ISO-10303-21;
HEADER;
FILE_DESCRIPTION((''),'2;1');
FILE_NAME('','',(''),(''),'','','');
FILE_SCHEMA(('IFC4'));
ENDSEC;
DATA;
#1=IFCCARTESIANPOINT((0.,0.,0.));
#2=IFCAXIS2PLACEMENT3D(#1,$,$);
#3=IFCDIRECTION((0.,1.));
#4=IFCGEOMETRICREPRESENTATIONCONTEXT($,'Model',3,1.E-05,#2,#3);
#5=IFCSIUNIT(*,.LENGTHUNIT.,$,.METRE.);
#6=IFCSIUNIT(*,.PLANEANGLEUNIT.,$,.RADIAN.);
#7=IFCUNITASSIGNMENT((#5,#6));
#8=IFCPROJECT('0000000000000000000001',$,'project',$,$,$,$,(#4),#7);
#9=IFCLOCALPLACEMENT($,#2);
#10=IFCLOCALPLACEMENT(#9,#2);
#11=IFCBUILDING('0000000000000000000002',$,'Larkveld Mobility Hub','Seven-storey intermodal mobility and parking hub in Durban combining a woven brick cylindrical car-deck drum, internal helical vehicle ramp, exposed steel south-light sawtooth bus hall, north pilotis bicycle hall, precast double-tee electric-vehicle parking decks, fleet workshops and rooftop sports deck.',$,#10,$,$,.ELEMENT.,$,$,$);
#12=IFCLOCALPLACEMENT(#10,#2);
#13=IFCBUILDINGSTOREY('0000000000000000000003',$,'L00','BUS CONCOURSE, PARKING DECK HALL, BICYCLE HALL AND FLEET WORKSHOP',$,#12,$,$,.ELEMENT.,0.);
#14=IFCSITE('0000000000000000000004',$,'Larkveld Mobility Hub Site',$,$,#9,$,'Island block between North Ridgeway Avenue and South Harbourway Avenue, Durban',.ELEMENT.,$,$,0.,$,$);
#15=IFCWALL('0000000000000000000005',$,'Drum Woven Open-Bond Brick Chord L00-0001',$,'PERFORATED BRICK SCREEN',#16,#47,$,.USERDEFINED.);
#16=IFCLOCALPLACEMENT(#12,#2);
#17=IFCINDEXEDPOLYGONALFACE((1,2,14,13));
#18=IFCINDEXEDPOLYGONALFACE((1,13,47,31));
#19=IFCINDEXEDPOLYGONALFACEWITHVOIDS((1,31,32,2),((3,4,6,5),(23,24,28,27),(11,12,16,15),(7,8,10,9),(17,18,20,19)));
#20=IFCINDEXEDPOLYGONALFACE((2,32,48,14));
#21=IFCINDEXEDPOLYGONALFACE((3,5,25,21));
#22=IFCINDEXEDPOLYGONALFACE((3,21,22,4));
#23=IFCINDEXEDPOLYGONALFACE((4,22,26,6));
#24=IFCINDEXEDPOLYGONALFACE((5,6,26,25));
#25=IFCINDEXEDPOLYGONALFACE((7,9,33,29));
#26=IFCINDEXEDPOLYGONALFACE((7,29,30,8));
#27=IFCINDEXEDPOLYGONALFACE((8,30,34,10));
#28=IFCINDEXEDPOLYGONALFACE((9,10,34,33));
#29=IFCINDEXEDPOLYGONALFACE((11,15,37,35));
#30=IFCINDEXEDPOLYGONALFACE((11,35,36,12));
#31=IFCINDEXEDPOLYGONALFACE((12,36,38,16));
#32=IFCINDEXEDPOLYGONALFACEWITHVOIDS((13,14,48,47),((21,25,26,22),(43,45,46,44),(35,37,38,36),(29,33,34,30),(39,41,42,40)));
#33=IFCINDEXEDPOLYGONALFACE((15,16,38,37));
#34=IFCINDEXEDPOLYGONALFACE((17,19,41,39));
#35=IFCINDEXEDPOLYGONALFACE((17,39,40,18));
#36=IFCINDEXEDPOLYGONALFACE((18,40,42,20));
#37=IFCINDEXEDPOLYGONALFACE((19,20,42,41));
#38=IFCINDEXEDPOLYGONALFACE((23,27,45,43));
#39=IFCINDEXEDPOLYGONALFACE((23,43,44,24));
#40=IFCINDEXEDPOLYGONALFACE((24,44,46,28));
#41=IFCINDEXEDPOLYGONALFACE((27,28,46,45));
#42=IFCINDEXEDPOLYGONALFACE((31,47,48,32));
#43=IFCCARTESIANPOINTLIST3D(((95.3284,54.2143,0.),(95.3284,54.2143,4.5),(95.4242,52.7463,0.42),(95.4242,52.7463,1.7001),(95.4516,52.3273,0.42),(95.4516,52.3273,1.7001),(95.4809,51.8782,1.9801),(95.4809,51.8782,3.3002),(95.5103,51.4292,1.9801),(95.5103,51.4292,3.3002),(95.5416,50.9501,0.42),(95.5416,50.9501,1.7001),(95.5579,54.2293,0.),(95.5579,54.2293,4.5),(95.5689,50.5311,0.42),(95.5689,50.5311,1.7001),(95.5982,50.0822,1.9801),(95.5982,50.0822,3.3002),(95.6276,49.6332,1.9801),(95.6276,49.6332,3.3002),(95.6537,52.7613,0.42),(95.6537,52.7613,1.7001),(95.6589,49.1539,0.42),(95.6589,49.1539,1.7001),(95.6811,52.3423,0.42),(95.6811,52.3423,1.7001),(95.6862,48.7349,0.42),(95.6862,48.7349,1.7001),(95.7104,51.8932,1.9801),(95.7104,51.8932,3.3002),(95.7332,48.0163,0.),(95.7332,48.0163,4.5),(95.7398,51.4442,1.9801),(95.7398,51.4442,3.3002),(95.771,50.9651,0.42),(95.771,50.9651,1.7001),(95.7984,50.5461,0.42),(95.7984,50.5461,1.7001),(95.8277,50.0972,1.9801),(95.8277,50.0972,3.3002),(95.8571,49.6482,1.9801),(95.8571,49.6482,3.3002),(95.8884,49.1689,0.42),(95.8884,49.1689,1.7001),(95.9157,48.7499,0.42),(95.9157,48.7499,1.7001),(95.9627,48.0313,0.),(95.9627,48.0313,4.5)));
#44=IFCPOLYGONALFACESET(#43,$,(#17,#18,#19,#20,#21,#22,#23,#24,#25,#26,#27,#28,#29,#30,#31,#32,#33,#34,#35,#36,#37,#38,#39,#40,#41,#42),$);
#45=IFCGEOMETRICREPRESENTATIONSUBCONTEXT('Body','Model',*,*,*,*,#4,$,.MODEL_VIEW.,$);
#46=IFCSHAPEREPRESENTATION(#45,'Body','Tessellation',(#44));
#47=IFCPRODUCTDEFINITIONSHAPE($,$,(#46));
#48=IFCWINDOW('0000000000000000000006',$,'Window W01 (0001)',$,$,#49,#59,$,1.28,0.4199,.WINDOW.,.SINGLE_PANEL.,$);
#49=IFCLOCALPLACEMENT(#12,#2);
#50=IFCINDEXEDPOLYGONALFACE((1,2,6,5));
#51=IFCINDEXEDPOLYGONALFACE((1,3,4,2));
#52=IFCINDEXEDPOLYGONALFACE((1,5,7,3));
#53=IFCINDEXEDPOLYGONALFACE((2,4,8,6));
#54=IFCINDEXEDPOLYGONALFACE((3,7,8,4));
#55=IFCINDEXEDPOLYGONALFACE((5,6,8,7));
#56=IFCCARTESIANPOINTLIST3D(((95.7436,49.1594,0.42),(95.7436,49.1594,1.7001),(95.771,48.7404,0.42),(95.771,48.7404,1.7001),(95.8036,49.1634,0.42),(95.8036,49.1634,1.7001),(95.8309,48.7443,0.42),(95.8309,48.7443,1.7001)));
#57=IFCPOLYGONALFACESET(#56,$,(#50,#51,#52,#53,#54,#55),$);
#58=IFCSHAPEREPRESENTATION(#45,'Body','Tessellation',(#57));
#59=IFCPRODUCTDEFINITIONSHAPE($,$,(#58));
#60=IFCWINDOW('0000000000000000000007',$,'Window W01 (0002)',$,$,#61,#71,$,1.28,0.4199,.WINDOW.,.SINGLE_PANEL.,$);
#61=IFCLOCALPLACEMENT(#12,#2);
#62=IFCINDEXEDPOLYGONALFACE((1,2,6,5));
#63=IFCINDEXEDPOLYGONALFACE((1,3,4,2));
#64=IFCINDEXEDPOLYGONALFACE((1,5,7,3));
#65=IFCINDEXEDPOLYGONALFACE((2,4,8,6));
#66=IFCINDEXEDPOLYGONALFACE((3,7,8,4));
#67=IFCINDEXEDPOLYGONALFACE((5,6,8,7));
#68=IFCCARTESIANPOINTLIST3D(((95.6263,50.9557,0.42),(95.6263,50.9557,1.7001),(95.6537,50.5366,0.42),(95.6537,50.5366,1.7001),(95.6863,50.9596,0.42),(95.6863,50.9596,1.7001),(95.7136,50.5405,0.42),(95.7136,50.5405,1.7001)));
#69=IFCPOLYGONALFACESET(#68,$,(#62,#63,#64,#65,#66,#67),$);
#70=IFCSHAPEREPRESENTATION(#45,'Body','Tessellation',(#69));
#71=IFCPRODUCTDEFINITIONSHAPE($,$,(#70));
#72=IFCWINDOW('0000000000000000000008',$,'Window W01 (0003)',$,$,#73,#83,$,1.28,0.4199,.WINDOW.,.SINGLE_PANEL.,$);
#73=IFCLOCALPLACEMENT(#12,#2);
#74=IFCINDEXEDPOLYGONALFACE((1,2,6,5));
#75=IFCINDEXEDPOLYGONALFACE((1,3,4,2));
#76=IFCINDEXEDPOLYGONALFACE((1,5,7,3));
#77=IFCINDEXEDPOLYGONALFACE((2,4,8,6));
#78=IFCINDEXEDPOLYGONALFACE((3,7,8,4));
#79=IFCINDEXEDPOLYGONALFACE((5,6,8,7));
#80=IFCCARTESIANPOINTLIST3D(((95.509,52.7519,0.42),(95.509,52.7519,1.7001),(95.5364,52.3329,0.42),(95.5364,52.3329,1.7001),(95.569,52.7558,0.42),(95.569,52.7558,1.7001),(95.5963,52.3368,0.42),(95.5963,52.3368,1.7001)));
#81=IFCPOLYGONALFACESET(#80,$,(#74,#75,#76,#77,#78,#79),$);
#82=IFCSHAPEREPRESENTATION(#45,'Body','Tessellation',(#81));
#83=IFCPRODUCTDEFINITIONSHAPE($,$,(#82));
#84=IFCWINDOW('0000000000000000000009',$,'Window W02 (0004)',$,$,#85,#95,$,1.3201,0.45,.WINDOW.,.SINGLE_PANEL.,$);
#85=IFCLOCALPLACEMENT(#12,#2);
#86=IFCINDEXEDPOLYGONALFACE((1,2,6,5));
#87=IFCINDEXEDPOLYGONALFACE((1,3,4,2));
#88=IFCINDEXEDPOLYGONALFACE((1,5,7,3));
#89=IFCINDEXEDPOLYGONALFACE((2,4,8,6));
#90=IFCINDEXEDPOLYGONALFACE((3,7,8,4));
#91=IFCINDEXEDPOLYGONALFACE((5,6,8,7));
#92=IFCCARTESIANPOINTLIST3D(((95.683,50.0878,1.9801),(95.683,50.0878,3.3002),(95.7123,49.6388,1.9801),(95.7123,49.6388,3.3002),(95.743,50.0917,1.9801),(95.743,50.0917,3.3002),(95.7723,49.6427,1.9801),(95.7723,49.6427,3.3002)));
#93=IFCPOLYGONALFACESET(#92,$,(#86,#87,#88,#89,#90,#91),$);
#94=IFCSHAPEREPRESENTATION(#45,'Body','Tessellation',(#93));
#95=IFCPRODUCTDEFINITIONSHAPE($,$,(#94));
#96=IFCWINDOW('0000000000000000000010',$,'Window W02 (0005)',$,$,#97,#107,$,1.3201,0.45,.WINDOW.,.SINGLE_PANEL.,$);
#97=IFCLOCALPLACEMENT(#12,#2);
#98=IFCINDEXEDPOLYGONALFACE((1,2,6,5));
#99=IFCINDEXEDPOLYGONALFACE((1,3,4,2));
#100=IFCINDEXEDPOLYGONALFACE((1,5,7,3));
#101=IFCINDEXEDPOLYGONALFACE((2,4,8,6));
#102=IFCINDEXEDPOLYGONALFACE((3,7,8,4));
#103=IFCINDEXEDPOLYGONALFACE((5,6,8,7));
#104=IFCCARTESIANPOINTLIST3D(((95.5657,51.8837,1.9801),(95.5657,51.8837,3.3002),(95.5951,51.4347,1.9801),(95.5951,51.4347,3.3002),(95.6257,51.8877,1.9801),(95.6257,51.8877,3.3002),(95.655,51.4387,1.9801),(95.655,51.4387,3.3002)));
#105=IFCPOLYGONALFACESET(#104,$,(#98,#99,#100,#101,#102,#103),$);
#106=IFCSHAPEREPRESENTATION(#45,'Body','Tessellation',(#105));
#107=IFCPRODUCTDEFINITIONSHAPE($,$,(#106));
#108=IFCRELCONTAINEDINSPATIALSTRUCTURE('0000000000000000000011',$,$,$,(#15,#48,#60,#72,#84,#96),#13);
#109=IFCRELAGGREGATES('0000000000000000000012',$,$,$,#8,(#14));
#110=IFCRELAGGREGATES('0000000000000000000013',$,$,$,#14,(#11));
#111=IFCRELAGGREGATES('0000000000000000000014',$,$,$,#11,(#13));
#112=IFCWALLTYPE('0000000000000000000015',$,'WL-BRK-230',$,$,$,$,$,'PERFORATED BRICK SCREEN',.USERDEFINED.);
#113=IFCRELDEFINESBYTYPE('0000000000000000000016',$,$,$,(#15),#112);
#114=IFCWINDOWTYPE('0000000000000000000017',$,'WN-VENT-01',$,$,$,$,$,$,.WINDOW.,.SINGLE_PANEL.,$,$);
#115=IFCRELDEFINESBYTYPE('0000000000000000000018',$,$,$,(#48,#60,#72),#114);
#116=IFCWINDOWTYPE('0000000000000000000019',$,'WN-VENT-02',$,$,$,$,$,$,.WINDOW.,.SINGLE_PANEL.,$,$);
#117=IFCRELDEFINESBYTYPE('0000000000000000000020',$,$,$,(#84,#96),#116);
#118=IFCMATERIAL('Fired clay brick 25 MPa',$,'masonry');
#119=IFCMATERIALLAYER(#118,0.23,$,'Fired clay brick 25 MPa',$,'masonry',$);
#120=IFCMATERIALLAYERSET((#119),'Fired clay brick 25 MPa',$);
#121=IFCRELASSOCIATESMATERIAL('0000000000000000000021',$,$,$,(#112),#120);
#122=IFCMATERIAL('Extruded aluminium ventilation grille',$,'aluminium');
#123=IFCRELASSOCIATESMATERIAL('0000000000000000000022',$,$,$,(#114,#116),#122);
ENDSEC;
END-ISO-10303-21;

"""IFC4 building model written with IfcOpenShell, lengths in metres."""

from ifc_helpers import new_model, si_unit, direction, frame, frame_2d, origin, place, context, subcontext, project, spatial, rectangle, extrude, material, layer, layer_set, type_object, element, fill, save


model = new_model("IFC4")

# Units and contexts
model_context = context("Model", 3, precision=1e-05, world=origin(), true_north=direction((0.0, 1.0)))
body_context = subcontext(model_context, "Body", "Model", "MODEL_VIEW")
ifc_project = project(units=[si_unit("LENGTHUNIT", "METRE"), si_unit("PLANEANGLEUNIT", "RADIAN")], contexts=[model_context])

# Site, building, storey
site_placement = place(None, origin())
site = spatial("IfcSite", under=ifc_project, at=site_placement, Name="Larkveld Mobility Hub Site", LongName="Island block between North Ridgeway Avenue and South Harbourway Avenue, Durban", CompositionType="ELEMENT", RefElevation=0.0)
building_placement = place(site_placement, origin())
building = spatial("IfcBuilding", under=site, at=building_placement, Name="Larkveld Mobility Hub", Description="Seven-storey intermodal mobility and parking hub in Durban combining a woven brick cylindrical car-deck drum, internal helical vehicle ramp, exposed steel south-light sawtooth bus hall, north pilotis bicycle hall, precast double-tee electric-vehicle parking decks, fleet workshops and rooftop sports deck.", CompositionType="ELEMENT")
storey_placement = place(building_placement, origin())
storey = spatial("IfcBuildingStorey", under=building, at=storey_placement, Name="L00", Description="BUS CONCOURSE, PARKING DECK HALL, BICYCLE HALL AND FLEET WORKSHOP", CompositionType="ELEMENT", Elevation=0.0)

# Wall, openings, windows
ifc_material_1 = material(Name="Fired clay brick 25 MPa", Category="masonry")
ifc_layer_1 = layer(ifc_material_1, 0.23, Name="Fired clay brick 25 MPa", Category="masonry")
ifc_layer_set_1 = layer_set([ifc_layer_1], Name="Fired clay brick 25 MPa")
wall_type_1 = type_object("IfcWallType", Name="WL-BRK-230", ElementType="PERFORATED BRICK SCREEN", PredefinedType="USERDEFINED", material=ifc_layer_set_1)
wall_1_placement = place(storey_placement, frame((95.8479, 48.0239, 0.0), z_axis=(0.0, 0.0, 1.0), x_axis=(-0.06517, 0.997874, 0.0)))
wall_1 = element("IfcWall", 1, at=wall_1_placement, inside=storey, type_object=wall_type_1, Name="Drum Woven Open-Bond Brick Chord L00-0001", ObjectType="PERFORATED BRICK SCREEN", PredefinedType="USERDEFINED", context=body_context, shape_type="SweptSolid", body=[
    extrude(rectangle(XDim=6.2112, YDim=0.23, at=frame_2d((3.1055, 0.0))), origin(), (0.0, 0.0, 1.0), 4.5),
])
opening_1_placement = place(wall_1_placement, frame((0.72, 0.0, 0.4199)))
opening_1 = element("IfcOpeningElement", 2, at=opening_1_placement, cuts=wall_1, PredefinedType="OPENING", context=body_context, shape_type="SweptSolid", body=[
    extrude(rectangle(XDim=0.4199, YDim=1.28, at=frame_2d((0.21, 0.6401))), frame((0.0, 0.125, 0.0), z_axis=(0.0, -1.0, 0.0), x_axis=(1.0, 0.0, 0.0)), (0.0, 0.0, 1.0), 0.25),
])
opening_2_placement = place(wall_1_placement, frame((2.52, 0.0, 0.4199)))
opening_2 = element("IfcOpeningElement", 3, at=opening_2_placement, cuts=wall_1, PredefinedType="OPENING", context=body_context, shape_type="SweptSolid", body=[
    extrude(rectangle(XDim=0.4199, YDim=1.28, at=frame_2d((0.21, 0.6401))), frame((0.0, 0.125, 0.0), z_axis=(0.0, -1.0, 0.0), x_axis=(1.0, 0.0, 0.0)), (0.0, 0.0, 1.0), 0.25),
])
opening_3_placement = place(wall_1_placement, frame((4.3201, 0.0, 0.4199)))
opening_3 = element("IfcOpeningElement", 4, at=opening_3_placement, cuts=wall_1, PredefinedType="OPENING", context=body_context, shape_type="SweptSolid", body=[
    extrude(rectangle(XDim=0.4199, YDim=1.28, at=frame_2d((0.21, 0.6401))), frame((0.0, 0.125, 0.0), z_axis=(0.0, -1.0, 0.0), x_axis=(1.0, 0.0, 0.0)), (0.0, 0.0, 1.0), 0.25),
])
opening_4_placement = place(wall_1_placement, frame((1.6201, 0.0, 1.98)))
opening_4 = element("IfcOpeningElement", 5, at=opening_4_placement, cuts=wall_1, PredefinedType="OPENING", context=body_context, shape_type="SweptSolid", body=[
    extrude(rectangle(XDim=0.45, YDim=1.3201, at=frame_2d((0.2251, 0.6602))), frame((0.0, 0.125, 0.0), z_axis=(0.0, -1.0, 0.0), x_axis=(1.0, 0.0, 0.0)), (0.0, 0.0, 1.0), 0.25),
])
opening_5_placement = place(wall_1_placement, frame((3.4199, 0.0, 1.98)))
opening_5 = element("IfcOpeningElement", 6, at=opening_5_placement, cuts=wall_1, PredefinedType="OPENING", context=body_context, shape_type="SweptSolid", body=[
    extrude(rectangle(XDim=0.45, YDim=1.3201, at=frame_2d((0.2251, 0.6602))), frame((0.0, 0.125, 0.0), z_axis=(0.0, -1.0, 0.0), x_axis=(1.0, 0.0, 0.0)), (0.0, 0.0, 1.0), 0.25),
])
ifc_material_2 = material(Name="Extruded aluminium ventilation grille", Category="aluminium")
window_type_1 = type_object("IfcWindowType", Name="WN-VENT-01", PartitioningType="SINGLE_PANEL", PredefinedType="WINDOW", material=ifc_material_2)
window_1_placement = place(opening_1_placement, origin())
window_1 = element("IfcWindow", 7, at=window_1_placement, inside=storey, type_object=window_type_1, Name="Window W01 (0001)", OverallHeight=1.28, OverallWidth=0.4199, PartitioningType="SINGLE_PANEL", PredefinedType="WINDOW", context=body_context, shape_type="SweptSolid", body=[
    extrude(rectangle(XDim=0.4199, YDim=1.28, at=frame_2d((0.21, 0.6401))), frame((0.0, 0.03, 0.0), z_axis=(0.0, -1.0, 0.0), x_axis=(1.0, 0.0, 0.0)), (0.0, 0.0, 1.0), 0.0601),
])
fill(opening_1, window_1)
window_2_placement = place(opening_2_placement, origin())
window_2 = element("IfcWindow", 8, at=window_2_placement, inside=storey, type_object=window_type_1, Name="Window W01 (0002)", OverallHeight=1.28, OverallWidth=0.4199, PartitioningType="SINGLE_PANEL", PredefinedType="WINDOW", context=body_context, shape_type="SweptSolid", body=[
    extrude(rectangle(XDim=0.4199, YDim=1.28, at=frame_2d((0.21, 0.6401))), frame((0.0, 0.03, 0.0), z_axis=(0.0, -1.0, 0.0), x_axis=(1.0, 0.0, 0.0)), (0.0, 0.0, 1.0), 0.0601),
])
fill(opening_2, window_2)
window_3_placement = place(opening_3_placement, origin())
window_3 = element("IfcWindow", 9, at=window_3_placement, inside=storey, type_object=window_type_1, Name="Window W01 (0003)", OverallHeight=1.28, OverallWidth=0.4199, PartitioningType="SINGLE_PANEL", PredefinedType="WINDOW", context=body_context, shape_type="SweptSolid", body=[
    extrude(rectangle(XDim=0.4199, YDim=1.28, at=frame_2d((0.21, 0.6401))), frame((0.0, 0.03, 0.0), z_axis=(0.0, -1.0, 0.0), x_axis=(1.0, 0.0, 0.0)), (0.0, 0.0, 1.0), 0.0601),
])
fill(opening_3, window_3)
window_type_2 = type_object("IfcWindowType", Name="WN-VENT-02", PartitioningType="SINGLE_PANEL", PredefinedType="WINDOW", material=ifc_material_2)
window_4_placement = place(opening_4_placement, origin())
window_4 = element("IfcWindow", 10, at=window_4_placement, inside=storey, type_object=window_type_2, Name="Window W02 (0004)", OverallHeight=1.3201, OverallWidth=0.45, PartitioningType="SINGLE_PANEL", PredefinedType="WINDOW", context=body_context, shape_type="SweptSolid", body=[
    extrude(rectangle(XDim=0.45, YDim=1.3201, at=frame_2d((0.2251, 0.6602))), frame((0.0, 0.03, 0.0), z_axis=(0.0, -1.0, 0.0), x_axis=(1.0, 0.0, 0.0)), (0.0, 0.0, 1.0), 0.0601),
])
fill(opening_4, window_4)
window_5_placement = place(opening_5_placement, origin())
window_5 = element("IfcWindow", 11, at=window_5_placement, inside=storey, type_object=window_type_2, Name="Window W02 (0005)", OverallHeight=1.3201, OverallWidth=0.45, PartitioningType="SINGLE_PANEL", PredefinedType="WINDOW", context=body_context, shape_type="SweptSolid", body=[
    extrude(rectangle(XDim=0.45, YDim=1.3201, at=frame_2d((0.2251, 0.6602))), frame((0.0, 0.03, 0.0), z_axis=(0.0, -1.0, 0.0), x_axis=(1.0, 0.0, 0.0)), (0.0, 0.0, 1.0), 0.0601),
])
fill(opening_5, window_5)

save(model, "model.ifc")
